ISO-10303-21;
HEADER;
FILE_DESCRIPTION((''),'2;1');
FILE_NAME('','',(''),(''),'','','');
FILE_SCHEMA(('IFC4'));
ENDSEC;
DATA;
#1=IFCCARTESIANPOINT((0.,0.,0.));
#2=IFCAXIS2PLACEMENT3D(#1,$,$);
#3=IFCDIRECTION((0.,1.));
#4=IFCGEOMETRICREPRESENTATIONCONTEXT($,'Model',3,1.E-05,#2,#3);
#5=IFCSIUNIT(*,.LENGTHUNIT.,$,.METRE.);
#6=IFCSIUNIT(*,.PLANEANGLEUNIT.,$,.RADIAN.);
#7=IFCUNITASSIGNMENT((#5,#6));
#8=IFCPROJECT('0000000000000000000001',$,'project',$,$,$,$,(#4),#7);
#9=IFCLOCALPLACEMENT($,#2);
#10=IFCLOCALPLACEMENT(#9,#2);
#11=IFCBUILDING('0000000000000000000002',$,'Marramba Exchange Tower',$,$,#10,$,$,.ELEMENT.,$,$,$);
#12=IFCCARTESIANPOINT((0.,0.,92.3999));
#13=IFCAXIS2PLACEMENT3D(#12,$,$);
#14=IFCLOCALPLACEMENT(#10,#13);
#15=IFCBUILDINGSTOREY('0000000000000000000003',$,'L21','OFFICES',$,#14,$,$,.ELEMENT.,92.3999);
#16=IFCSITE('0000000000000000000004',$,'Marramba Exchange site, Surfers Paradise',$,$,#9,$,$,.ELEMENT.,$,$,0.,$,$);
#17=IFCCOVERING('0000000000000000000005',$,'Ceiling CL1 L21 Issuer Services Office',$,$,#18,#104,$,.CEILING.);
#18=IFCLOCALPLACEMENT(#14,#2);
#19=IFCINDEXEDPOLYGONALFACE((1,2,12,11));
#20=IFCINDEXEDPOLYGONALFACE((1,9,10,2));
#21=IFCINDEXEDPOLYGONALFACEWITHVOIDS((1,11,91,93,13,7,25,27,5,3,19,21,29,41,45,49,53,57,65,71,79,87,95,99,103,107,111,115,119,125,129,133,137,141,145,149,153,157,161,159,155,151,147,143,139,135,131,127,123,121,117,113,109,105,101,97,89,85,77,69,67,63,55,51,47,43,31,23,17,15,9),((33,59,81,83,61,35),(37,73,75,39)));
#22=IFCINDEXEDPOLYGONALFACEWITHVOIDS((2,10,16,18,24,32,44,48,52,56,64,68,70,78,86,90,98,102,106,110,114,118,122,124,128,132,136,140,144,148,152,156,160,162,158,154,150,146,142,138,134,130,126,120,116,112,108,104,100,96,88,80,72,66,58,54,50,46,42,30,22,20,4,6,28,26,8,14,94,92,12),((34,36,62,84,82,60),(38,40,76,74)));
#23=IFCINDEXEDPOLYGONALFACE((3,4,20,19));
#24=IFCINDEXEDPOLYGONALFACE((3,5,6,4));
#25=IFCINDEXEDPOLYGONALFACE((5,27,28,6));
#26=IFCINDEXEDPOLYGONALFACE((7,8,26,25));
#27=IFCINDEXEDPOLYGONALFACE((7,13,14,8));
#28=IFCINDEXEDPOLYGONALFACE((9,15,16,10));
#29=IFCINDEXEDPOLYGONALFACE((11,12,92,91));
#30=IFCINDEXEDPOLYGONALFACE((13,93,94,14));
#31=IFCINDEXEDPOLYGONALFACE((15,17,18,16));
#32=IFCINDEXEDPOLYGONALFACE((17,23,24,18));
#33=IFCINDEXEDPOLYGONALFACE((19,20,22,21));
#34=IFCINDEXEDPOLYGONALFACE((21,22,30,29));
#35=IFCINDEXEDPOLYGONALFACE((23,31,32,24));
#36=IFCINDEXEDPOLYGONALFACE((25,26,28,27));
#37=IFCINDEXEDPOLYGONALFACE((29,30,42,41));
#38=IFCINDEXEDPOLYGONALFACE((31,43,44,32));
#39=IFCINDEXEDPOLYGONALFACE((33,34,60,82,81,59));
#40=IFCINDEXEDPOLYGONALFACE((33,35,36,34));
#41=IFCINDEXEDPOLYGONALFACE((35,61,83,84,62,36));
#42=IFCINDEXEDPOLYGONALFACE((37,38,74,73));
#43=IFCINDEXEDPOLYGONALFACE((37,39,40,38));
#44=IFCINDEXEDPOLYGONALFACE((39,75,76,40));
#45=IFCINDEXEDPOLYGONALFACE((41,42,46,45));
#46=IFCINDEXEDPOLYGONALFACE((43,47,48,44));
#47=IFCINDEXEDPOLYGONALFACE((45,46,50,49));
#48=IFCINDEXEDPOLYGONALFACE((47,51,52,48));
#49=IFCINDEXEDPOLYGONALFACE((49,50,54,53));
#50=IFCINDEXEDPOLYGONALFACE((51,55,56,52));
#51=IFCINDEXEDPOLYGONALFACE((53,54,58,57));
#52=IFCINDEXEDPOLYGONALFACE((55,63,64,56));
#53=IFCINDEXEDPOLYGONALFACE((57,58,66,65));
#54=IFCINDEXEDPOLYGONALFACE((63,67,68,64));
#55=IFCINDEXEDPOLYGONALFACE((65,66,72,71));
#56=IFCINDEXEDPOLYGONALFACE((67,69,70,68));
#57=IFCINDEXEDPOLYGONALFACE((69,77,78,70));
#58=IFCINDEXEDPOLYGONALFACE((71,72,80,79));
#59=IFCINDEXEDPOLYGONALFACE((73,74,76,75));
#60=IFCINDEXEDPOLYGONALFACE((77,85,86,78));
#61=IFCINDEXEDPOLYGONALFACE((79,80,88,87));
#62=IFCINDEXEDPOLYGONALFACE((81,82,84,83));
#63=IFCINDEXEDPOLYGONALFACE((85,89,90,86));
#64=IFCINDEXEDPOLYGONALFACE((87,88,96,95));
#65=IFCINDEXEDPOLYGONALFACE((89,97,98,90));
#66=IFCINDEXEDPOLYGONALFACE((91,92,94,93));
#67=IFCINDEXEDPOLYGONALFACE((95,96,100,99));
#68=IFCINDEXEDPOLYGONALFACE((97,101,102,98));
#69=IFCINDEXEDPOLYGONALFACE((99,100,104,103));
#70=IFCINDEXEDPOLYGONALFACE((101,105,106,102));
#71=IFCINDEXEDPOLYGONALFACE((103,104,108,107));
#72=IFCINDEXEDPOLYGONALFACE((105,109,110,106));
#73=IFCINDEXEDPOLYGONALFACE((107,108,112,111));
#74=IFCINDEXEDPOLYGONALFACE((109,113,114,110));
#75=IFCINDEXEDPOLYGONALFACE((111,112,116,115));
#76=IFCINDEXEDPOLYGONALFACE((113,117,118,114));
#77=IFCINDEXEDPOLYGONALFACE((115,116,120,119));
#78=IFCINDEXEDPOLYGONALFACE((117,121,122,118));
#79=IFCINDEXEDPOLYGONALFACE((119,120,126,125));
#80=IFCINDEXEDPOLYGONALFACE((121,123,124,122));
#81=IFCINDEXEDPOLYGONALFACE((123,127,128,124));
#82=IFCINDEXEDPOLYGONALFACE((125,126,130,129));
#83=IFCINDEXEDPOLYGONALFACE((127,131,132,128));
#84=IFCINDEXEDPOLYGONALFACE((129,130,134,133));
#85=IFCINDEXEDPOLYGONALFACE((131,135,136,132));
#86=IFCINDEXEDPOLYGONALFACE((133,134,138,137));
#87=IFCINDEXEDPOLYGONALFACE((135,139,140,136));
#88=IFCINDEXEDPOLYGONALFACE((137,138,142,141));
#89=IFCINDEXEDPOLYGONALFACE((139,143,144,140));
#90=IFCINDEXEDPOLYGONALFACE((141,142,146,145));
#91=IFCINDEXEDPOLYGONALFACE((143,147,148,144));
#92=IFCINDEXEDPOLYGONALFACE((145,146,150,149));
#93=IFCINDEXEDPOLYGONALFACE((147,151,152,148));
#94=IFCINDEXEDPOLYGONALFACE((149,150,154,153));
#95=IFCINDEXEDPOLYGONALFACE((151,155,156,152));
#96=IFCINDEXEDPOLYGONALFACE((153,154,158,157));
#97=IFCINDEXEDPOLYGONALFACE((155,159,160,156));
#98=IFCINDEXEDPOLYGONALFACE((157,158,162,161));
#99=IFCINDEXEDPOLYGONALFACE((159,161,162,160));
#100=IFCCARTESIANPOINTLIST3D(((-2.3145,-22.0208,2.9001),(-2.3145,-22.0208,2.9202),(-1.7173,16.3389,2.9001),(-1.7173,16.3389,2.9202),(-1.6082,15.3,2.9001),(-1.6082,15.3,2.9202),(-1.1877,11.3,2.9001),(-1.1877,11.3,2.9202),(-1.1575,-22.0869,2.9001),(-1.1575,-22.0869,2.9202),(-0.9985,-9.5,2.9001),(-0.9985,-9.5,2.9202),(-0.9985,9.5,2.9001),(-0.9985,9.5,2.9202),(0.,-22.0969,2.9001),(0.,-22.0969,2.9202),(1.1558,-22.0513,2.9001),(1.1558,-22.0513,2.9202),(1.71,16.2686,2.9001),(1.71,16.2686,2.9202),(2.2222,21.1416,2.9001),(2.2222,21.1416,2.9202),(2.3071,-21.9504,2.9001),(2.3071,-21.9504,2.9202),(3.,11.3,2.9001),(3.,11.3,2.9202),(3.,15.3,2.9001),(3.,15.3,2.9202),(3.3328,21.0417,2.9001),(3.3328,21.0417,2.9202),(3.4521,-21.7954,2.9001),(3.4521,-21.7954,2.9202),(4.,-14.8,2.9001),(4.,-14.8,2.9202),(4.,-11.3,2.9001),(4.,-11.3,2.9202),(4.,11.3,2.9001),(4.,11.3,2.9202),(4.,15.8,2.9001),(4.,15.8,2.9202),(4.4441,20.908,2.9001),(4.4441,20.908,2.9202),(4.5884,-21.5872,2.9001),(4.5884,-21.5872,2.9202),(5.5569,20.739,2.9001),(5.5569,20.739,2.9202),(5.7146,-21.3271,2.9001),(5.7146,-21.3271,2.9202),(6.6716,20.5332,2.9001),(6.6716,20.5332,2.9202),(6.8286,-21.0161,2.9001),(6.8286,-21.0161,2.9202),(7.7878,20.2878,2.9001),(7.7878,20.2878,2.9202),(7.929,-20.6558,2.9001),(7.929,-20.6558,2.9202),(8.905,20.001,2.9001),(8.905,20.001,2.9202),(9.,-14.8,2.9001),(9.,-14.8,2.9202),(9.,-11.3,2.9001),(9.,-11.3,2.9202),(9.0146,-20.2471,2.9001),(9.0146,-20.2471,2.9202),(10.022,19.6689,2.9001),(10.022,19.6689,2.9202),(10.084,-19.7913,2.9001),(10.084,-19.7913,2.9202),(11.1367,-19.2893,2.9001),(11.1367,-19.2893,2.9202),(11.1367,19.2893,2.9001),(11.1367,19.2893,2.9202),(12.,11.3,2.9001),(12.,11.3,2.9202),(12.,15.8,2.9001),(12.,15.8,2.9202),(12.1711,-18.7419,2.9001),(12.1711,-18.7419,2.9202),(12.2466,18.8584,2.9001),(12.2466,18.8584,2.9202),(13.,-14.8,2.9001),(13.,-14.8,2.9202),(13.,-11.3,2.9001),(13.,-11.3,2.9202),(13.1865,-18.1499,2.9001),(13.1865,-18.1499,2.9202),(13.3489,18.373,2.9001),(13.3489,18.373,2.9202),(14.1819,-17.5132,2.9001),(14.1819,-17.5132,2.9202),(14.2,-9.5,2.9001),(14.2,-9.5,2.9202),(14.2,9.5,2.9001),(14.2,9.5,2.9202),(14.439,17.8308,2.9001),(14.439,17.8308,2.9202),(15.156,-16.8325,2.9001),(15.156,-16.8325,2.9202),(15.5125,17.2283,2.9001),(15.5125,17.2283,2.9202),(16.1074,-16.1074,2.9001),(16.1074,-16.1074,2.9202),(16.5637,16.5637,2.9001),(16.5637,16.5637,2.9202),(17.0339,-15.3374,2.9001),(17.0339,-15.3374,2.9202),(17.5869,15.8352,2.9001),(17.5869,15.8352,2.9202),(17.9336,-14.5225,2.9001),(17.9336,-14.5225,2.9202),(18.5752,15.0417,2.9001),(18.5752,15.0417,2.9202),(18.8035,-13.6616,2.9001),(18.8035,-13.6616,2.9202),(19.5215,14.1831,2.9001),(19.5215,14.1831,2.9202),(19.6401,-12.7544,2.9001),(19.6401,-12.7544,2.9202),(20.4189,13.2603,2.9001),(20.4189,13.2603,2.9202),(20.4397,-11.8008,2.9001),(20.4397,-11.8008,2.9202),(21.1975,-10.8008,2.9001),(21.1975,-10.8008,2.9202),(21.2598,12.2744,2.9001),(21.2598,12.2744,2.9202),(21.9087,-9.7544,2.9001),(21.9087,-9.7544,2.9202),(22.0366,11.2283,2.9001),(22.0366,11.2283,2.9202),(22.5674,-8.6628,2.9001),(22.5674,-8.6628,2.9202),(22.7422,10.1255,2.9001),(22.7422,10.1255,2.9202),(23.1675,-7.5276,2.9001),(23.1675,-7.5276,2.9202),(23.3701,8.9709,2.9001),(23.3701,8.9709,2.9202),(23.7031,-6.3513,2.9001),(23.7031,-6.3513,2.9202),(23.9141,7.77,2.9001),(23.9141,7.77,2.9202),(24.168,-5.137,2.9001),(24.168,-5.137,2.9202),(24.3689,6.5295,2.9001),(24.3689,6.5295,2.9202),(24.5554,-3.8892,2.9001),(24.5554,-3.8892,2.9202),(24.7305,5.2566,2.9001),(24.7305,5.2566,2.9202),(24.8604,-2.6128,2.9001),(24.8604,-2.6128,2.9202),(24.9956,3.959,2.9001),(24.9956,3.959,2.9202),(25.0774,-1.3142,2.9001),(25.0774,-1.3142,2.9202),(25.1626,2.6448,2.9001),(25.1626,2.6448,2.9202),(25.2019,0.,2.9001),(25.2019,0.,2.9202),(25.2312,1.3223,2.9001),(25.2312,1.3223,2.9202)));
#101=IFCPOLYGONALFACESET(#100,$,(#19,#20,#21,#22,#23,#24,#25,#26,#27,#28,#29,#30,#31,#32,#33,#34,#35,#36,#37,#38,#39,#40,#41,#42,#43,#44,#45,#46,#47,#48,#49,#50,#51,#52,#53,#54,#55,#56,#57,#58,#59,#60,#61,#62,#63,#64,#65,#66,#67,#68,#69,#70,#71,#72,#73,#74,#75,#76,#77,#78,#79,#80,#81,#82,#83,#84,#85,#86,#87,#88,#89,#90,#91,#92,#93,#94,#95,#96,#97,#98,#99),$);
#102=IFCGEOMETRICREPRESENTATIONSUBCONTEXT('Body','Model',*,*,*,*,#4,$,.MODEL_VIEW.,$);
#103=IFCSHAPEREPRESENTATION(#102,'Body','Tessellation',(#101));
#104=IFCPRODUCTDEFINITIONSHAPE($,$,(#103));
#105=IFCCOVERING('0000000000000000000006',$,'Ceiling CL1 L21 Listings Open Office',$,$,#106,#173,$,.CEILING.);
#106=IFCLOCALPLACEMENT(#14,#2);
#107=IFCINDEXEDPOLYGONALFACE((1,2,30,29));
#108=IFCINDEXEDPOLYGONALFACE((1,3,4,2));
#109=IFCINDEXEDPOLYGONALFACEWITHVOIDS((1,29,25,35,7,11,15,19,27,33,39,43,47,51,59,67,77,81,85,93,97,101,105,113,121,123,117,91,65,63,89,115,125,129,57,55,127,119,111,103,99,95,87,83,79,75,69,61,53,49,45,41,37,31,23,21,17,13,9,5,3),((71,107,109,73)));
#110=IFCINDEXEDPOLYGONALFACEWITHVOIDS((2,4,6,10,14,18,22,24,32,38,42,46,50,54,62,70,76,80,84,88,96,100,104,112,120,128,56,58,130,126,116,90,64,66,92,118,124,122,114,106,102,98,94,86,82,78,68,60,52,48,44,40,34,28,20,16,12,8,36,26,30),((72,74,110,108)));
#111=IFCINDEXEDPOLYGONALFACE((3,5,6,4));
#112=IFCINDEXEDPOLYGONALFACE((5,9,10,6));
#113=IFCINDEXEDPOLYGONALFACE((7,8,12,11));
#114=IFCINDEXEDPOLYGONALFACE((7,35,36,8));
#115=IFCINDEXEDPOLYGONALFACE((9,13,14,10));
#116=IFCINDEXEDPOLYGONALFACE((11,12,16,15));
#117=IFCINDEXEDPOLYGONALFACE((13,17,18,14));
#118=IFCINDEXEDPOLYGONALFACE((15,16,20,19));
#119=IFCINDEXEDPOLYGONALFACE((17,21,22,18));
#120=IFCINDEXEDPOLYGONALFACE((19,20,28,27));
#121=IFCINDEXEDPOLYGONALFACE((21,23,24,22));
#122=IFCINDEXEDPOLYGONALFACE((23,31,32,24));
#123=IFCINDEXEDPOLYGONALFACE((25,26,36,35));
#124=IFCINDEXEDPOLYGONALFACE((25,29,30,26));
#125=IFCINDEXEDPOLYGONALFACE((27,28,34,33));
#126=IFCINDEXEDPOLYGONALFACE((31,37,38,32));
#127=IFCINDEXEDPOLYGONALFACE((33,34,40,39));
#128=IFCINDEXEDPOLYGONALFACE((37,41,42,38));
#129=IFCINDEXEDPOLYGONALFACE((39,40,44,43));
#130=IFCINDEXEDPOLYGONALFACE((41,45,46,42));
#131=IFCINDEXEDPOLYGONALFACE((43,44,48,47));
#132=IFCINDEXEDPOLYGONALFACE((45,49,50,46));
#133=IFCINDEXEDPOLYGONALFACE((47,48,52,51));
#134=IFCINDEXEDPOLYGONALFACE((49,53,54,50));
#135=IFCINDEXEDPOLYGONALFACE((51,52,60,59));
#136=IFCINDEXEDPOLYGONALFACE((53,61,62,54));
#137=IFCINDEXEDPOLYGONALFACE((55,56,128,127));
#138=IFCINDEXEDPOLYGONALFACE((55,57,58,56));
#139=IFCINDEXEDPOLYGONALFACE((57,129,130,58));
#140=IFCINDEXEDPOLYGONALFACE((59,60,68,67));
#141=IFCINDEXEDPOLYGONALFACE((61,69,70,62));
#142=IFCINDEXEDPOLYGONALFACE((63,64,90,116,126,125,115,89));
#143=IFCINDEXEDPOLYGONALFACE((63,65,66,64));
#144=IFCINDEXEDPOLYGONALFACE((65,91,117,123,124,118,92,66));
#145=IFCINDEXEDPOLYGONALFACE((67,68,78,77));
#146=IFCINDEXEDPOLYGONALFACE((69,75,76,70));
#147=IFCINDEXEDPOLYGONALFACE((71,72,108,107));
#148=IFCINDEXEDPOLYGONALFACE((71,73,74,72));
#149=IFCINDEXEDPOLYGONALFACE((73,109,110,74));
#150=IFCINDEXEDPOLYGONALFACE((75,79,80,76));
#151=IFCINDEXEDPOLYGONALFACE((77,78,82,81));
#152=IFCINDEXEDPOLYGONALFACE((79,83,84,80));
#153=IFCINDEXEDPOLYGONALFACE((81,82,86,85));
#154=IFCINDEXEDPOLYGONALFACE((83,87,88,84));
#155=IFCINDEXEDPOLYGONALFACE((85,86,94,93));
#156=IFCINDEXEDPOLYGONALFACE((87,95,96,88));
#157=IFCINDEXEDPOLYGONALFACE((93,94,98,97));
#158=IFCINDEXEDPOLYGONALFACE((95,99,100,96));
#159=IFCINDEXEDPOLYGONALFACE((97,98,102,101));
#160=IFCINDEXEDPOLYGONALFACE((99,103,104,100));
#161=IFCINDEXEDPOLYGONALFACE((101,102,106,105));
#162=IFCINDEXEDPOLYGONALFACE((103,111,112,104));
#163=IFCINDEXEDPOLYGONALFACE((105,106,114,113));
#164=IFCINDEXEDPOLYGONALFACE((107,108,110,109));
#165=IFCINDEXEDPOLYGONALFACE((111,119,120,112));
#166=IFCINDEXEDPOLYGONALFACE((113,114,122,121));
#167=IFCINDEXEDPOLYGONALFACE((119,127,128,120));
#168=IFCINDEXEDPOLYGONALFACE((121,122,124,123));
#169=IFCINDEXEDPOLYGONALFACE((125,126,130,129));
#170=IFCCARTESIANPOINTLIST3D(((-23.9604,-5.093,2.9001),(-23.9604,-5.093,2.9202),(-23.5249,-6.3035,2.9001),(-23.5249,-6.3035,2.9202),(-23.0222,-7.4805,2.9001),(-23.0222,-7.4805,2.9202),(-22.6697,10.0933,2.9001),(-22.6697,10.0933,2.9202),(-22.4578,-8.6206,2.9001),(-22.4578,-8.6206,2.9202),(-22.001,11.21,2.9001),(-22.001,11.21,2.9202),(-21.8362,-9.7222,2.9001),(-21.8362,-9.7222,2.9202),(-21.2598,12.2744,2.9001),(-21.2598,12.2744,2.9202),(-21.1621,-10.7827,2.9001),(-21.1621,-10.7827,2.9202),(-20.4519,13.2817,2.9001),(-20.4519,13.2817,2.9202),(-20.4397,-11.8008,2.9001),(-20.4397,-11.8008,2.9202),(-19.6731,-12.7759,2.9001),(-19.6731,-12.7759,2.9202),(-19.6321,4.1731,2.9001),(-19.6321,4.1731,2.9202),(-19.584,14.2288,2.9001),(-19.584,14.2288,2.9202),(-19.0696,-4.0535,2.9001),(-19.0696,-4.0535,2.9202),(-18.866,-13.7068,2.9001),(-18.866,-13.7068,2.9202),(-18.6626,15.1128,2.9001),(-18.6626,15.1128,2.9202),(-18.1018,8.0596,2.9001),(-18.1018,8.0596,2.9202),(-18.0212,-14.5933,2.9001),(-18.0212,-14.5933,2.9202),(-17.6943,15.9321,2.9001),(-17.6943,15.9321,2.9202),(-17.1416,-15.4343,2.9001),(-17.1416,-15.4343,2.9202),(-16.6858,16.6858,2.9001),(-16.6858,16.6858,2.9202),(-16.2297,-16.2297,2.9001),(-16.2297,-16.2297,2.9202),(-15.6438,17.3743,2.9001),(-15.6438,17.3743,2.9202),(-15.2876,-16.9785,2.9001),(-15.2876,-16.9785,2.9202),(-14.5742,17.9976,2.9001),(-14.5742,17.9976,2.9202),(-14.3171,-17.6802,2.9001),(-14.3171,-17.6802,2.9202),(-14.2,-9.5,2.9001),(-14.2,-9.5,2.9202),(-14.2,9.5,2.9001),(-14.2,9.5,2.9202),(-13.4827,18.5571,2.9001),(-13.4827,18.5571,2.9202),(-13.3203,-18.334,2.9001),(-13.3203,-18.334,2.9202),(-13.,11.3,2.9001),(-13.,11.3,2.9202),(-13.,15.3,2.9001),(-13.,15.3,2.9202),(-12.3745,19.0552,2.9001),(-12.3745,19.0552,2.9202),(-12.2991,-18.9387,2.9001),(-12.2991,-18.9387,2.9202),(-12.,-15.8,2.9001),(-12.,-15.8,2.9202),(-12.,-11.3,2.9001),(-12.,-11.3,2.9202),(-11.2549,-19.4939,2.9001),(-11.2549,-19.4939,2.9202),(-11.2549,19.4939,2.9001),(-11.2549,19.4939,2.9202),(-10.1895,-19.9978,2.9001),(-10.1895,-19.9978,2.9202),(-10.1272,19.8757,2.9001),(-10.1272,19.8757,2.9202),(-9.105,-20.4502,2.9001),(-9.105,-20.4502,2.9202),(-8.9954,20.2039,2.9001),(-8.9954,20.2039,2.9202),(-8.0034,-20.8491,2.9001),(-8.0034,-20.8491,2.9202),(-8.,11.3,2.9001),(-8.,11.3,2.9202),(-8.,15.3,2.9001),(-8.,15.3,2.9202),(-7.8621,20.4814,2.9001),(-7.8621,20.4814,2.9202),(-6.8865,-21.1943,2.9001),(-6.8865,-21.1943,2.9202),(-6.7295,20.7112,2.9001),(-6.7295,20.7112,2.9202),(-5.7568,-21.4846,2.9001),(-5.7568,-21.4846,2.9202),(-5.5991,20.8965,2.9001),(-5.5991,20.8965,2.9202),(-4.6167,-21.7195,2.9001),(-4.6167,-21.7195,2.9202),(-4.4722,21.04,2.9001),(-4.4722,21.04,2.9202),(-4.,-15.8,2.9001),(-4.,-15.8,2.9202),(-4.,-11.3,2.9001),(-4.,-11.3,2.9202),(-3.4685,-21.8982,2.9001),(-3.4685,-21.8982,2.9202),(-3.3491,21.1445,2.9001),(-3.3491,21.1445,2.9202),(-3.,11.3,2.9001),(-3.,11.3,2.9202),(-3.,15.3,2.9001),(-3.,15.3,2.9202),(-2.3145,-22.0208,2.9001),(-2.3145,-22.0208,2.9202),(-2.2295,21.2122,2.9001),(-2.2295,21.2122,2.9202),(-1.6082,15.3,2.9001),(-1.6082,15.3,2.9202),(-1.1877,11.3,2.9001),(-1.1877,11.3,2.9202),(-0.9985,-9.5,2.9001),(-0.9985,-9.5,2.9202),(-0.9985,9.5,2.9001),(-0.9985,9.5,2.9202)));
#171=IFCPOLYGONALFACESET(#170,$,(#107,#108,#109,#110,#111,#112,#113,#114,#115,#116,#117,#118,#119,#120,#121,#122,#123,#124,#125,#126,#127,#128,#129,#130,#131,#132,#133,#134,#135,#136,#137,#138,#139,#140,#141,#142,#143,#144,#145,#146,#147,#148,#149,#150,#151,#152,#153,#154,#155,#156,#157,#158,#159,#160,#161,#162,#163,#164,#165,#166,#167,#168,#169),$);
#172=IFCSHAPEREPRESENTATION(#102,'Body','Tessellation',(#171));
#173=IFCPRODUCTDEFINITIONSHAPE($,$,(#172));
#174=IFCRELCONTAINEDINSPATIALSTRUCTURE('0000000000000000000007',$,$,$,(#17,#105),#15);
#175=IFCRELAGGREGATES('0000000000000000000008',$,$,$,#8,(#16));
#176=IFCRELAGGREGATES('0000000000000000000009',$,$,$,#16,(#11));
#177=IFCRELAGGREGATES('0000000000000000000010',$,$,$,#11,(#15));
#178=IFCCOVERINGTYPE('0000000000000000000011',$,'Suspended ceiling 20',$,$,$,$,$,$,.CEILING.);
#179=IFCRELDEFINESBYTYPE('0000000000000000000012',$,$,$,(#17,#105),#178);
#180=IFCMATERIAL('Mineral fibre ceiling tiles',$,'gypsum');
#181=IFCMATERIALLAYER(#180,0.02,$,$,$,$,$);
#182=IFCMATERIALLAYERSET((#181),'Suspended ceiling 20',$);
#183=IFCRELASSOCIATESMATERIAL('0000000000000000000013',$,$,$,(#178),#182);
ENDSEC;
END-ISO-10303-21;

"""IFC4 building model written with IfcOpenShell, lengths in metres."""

from ifc_helpers import new_model, si_unit, direction, frame, origin, place, context, subcontext, project, spatial, polyline, outline, extrude, material, layer, layer_set, type_object, element, save


model = new_model("IFC4")

# Units and contexts
model_context = context("Model", 3, precision=1e-05, world=origin(), true_north=direction((0.0, 1.0)))
body_context = subcontext(model_context, "Body", "Model", "MODEL_VIEW")
ifc_project = project(units=[si_unit("LENGTHUNIT", "METRE"), si_unit("PLANEANGLEUNIT", "RADIAN")], contexts=[model_context])

# Site, building, storey
site_placement = place(None, origin())
site = spatial("IfcSite", under=ifc_project, at=site_placement, Name="Marramba Exchange site, Surfers Paradise", CompositionType="ELEMENT", RefElevation=0.0)
building_placement = place(site_placement, origin())
building = spatial("IfcBuilding", under=site, at=building_placement, Name="Marramba Exchange Tower", CompositionType="ELEMENT")
storey_placement = place(building_placement, frame((0.0, 0.0, 92.3999)))
storey = spatial("IfcBuildingStorey", under=building, at=storey_placement, Name="L21", Description="OFFICES", CompositionType="ELEMENT", Elevation=92.3999)

# Coverings
ifc_material_1 = material(Name="Mineral fibre ceiling tiles", Category="gypsum")
ifc_layer_1 = layer(ifc_material_1, 0.02)
ifc_layer_set_1 = layer_set([ifc_layer_1], Name="Suspended ceiling 20")
covering_type = type_object("IfcCoveringType", Name="Suspended ceiling 20", PredefinedType="CEILING", material=ifc_layer_set_1)
covering_1_placement = place(storey_placement, frame((0.0, 0.0, 2.9001)))
element("IfcCovering", 1, at=covering_1_placement, inside=storey, type_object=covering_type, Name="Ceiling CL1 L21 Issuer Services Office", PredefinedType="CEILING", context=body_context, shape_type="SweptSolid", body=[
    extrude(outline(polyline([(14.2, 9.5), (-0.9985, 9.5), (-1.1877, 11.3), (3.0, 11.3), (3.0, 15.3), (-1.6082, 15.3), (-1.7173, 16.3389), (1.71, 16.2686), (2.2222, 21.1416), (3.3328, 21.0417), (4.4441, 20.908), (5.5569, 20.739), (6.6716, 20.5332), (7.7878, 20.2878), (8.905, 20.001), (10.022, 19.6689), (11.1367, 19.2893), (12.2466, 18.8584), (13.3489, 18.373), (14.439, 17.8308), (15.5125, 17.2283), (16.5637, 16.5637), (17.5869, 15.8352), (18.5752, 15.0417), (19.5215, 14.1831), (20.4189, 13.2603), (21.2598, 12.2744), (22.0366, 11.2283), (22.7422, 10.1255), (23.3701, 8.9709), (23.9141, 7.77), (24.3689, 6.5295), (24.7305, 5.2566), (24.9956, 3.959), (25.1626, 2.6448), (25.2312, 1.3223), (25.2019, 0.0), (25.0774, -1.3142), (24.8604, -2.6128), (24.5554, -3.8892), (24.168, -5.137), (23.7031, -6.3513), (23.1675, -7.5276), (22.5674, -8.6628), (21.9087, -9.7544), (21.1975, -10.8008), (20.4397, -11.8008), (19.6401, -12.7544), (18.8035, -13.6616), (17.9336, -14.5225), (17.0339, -15.3374), (16.1074, -16.1074), (15.156, -16.8325), (14.1819, -17.5132), (13.1865, -18.1499), (12.1711, -18.7419), (11.1367, -19.2893), (10.084, -19.7913), (9.0146, -20.2471), (7.929, -20.6558), (6.8286, -21.0161), (5.7146, -21.3271), (4.5884, -21.5872), (3.4521, -21.7954), (2.3071, -21.9504), (1.1558, -22.0513), (0.0, -22.0969), (-1.1575, -22.0869), (-2.3145, -22.0208), (-0.9985, -9.5), (14.2, -9.5), (14.2, 9.5)]), holes=[polyline([(4.0, -14.8), (9.0, -14.8), (13.0, -14.8), (13.0, -11.3), (9.0, -11.3), (4.0, -11.3), (4.0, -14.8)]), polyline([(4.0, 15.8), (4.0, 11.3), (12.0, 11.3), (12.0, 15.8), (4.0, 15.8)])]), origin(), (0.0, 0.0, 1.0), 0.02),
])
covering_2_placement = place(storey_placement, frame((0.0, 0.0, 2.9001)))
element("IfcCovering", 2, at=covering_2_placement, inside=storey, type_object=covering_type, Name="Ceiling CL1 L21 Listings Open Office", PredefinedType="CEILING", context=body_context, shape_type="SweptSolid", body=[
    extrude(outline(polyline([(-6.8865, -21.1943), (-8.0034, -20.8491), (-9.105, -20.4502), (-10.1895, -19.9978), (-11.2549, -19.4939), (-12.2991, -18.9387), (-13.3203, -18.334), (-14.3171, -17.6802), (-15.2876, -16.9785), (-16.2297, -16.2297), (-17.1416, -15.4343), (-18.0212, -14.5933), (-18.866, -13.7068), (-19.6731, -12.7759), (-20.4397, -11.8008), (-21.1621, -10.7827), (-21.8362, -9.7222), (-22.4578, -8.6206), (-23.0222, -7.4805), (-23.5249, -6.3035), (-23.9604, -5.093), (-19.0696, -4.0535), (-19.6321, 4.1731), (-18.1018, 8.0596), (-22.6697, 10.0933), (-22.001, 11.21), (-21.2598, 12.2744), (-20.4519, 13.2817), (-19.584, 14.2288), (-18.6626, 15.1128), (-17.6943, 15.9321), (-16.6858, 16.6858), (-15.6438, 17.3743), (-14.5742, 17.9976), (-13.4827, 18.5571), (-12.3745, 19.0552), (-11.2549, 19.4939), (-10.1272, 19.8757), (-8.9954, 20.2039), (-7.8621, 20.4814), (-6.7295, 20.7112), (-5.5991, 20.8965), (-4.4722, 21.04), (-3.3491, 21.1445), (-2.2295, 21.2122), (-1.6082, 15.3), (-3.0, 15.3), (-8.0, 15.3), (-13.0, 15.3), (-13.0, 11.3), (-8.0, 11.3), (-3.0, 11.3), (-1.1877, 11.3), (-0.9985, 9.5), (-14.2, 9.5), (-14.2, -9.5), (-0.9985, -9.5), (-2.3145, -22.0208), (-3.4685, -21.8982), (-4.6167, -21.7195), (-5.7568, -21.4846), (-6.8865, -21.1943)]), holes=[polyline([(-12.0, -15.8), (-4.0, -15.8), (-4.0, -11.3), (-12.0, -11.3), (-12.0, -15.8)])]), origin(), (0.0, 0.0, 1.0), 0.02),
])

save(model, "model.ifc")
